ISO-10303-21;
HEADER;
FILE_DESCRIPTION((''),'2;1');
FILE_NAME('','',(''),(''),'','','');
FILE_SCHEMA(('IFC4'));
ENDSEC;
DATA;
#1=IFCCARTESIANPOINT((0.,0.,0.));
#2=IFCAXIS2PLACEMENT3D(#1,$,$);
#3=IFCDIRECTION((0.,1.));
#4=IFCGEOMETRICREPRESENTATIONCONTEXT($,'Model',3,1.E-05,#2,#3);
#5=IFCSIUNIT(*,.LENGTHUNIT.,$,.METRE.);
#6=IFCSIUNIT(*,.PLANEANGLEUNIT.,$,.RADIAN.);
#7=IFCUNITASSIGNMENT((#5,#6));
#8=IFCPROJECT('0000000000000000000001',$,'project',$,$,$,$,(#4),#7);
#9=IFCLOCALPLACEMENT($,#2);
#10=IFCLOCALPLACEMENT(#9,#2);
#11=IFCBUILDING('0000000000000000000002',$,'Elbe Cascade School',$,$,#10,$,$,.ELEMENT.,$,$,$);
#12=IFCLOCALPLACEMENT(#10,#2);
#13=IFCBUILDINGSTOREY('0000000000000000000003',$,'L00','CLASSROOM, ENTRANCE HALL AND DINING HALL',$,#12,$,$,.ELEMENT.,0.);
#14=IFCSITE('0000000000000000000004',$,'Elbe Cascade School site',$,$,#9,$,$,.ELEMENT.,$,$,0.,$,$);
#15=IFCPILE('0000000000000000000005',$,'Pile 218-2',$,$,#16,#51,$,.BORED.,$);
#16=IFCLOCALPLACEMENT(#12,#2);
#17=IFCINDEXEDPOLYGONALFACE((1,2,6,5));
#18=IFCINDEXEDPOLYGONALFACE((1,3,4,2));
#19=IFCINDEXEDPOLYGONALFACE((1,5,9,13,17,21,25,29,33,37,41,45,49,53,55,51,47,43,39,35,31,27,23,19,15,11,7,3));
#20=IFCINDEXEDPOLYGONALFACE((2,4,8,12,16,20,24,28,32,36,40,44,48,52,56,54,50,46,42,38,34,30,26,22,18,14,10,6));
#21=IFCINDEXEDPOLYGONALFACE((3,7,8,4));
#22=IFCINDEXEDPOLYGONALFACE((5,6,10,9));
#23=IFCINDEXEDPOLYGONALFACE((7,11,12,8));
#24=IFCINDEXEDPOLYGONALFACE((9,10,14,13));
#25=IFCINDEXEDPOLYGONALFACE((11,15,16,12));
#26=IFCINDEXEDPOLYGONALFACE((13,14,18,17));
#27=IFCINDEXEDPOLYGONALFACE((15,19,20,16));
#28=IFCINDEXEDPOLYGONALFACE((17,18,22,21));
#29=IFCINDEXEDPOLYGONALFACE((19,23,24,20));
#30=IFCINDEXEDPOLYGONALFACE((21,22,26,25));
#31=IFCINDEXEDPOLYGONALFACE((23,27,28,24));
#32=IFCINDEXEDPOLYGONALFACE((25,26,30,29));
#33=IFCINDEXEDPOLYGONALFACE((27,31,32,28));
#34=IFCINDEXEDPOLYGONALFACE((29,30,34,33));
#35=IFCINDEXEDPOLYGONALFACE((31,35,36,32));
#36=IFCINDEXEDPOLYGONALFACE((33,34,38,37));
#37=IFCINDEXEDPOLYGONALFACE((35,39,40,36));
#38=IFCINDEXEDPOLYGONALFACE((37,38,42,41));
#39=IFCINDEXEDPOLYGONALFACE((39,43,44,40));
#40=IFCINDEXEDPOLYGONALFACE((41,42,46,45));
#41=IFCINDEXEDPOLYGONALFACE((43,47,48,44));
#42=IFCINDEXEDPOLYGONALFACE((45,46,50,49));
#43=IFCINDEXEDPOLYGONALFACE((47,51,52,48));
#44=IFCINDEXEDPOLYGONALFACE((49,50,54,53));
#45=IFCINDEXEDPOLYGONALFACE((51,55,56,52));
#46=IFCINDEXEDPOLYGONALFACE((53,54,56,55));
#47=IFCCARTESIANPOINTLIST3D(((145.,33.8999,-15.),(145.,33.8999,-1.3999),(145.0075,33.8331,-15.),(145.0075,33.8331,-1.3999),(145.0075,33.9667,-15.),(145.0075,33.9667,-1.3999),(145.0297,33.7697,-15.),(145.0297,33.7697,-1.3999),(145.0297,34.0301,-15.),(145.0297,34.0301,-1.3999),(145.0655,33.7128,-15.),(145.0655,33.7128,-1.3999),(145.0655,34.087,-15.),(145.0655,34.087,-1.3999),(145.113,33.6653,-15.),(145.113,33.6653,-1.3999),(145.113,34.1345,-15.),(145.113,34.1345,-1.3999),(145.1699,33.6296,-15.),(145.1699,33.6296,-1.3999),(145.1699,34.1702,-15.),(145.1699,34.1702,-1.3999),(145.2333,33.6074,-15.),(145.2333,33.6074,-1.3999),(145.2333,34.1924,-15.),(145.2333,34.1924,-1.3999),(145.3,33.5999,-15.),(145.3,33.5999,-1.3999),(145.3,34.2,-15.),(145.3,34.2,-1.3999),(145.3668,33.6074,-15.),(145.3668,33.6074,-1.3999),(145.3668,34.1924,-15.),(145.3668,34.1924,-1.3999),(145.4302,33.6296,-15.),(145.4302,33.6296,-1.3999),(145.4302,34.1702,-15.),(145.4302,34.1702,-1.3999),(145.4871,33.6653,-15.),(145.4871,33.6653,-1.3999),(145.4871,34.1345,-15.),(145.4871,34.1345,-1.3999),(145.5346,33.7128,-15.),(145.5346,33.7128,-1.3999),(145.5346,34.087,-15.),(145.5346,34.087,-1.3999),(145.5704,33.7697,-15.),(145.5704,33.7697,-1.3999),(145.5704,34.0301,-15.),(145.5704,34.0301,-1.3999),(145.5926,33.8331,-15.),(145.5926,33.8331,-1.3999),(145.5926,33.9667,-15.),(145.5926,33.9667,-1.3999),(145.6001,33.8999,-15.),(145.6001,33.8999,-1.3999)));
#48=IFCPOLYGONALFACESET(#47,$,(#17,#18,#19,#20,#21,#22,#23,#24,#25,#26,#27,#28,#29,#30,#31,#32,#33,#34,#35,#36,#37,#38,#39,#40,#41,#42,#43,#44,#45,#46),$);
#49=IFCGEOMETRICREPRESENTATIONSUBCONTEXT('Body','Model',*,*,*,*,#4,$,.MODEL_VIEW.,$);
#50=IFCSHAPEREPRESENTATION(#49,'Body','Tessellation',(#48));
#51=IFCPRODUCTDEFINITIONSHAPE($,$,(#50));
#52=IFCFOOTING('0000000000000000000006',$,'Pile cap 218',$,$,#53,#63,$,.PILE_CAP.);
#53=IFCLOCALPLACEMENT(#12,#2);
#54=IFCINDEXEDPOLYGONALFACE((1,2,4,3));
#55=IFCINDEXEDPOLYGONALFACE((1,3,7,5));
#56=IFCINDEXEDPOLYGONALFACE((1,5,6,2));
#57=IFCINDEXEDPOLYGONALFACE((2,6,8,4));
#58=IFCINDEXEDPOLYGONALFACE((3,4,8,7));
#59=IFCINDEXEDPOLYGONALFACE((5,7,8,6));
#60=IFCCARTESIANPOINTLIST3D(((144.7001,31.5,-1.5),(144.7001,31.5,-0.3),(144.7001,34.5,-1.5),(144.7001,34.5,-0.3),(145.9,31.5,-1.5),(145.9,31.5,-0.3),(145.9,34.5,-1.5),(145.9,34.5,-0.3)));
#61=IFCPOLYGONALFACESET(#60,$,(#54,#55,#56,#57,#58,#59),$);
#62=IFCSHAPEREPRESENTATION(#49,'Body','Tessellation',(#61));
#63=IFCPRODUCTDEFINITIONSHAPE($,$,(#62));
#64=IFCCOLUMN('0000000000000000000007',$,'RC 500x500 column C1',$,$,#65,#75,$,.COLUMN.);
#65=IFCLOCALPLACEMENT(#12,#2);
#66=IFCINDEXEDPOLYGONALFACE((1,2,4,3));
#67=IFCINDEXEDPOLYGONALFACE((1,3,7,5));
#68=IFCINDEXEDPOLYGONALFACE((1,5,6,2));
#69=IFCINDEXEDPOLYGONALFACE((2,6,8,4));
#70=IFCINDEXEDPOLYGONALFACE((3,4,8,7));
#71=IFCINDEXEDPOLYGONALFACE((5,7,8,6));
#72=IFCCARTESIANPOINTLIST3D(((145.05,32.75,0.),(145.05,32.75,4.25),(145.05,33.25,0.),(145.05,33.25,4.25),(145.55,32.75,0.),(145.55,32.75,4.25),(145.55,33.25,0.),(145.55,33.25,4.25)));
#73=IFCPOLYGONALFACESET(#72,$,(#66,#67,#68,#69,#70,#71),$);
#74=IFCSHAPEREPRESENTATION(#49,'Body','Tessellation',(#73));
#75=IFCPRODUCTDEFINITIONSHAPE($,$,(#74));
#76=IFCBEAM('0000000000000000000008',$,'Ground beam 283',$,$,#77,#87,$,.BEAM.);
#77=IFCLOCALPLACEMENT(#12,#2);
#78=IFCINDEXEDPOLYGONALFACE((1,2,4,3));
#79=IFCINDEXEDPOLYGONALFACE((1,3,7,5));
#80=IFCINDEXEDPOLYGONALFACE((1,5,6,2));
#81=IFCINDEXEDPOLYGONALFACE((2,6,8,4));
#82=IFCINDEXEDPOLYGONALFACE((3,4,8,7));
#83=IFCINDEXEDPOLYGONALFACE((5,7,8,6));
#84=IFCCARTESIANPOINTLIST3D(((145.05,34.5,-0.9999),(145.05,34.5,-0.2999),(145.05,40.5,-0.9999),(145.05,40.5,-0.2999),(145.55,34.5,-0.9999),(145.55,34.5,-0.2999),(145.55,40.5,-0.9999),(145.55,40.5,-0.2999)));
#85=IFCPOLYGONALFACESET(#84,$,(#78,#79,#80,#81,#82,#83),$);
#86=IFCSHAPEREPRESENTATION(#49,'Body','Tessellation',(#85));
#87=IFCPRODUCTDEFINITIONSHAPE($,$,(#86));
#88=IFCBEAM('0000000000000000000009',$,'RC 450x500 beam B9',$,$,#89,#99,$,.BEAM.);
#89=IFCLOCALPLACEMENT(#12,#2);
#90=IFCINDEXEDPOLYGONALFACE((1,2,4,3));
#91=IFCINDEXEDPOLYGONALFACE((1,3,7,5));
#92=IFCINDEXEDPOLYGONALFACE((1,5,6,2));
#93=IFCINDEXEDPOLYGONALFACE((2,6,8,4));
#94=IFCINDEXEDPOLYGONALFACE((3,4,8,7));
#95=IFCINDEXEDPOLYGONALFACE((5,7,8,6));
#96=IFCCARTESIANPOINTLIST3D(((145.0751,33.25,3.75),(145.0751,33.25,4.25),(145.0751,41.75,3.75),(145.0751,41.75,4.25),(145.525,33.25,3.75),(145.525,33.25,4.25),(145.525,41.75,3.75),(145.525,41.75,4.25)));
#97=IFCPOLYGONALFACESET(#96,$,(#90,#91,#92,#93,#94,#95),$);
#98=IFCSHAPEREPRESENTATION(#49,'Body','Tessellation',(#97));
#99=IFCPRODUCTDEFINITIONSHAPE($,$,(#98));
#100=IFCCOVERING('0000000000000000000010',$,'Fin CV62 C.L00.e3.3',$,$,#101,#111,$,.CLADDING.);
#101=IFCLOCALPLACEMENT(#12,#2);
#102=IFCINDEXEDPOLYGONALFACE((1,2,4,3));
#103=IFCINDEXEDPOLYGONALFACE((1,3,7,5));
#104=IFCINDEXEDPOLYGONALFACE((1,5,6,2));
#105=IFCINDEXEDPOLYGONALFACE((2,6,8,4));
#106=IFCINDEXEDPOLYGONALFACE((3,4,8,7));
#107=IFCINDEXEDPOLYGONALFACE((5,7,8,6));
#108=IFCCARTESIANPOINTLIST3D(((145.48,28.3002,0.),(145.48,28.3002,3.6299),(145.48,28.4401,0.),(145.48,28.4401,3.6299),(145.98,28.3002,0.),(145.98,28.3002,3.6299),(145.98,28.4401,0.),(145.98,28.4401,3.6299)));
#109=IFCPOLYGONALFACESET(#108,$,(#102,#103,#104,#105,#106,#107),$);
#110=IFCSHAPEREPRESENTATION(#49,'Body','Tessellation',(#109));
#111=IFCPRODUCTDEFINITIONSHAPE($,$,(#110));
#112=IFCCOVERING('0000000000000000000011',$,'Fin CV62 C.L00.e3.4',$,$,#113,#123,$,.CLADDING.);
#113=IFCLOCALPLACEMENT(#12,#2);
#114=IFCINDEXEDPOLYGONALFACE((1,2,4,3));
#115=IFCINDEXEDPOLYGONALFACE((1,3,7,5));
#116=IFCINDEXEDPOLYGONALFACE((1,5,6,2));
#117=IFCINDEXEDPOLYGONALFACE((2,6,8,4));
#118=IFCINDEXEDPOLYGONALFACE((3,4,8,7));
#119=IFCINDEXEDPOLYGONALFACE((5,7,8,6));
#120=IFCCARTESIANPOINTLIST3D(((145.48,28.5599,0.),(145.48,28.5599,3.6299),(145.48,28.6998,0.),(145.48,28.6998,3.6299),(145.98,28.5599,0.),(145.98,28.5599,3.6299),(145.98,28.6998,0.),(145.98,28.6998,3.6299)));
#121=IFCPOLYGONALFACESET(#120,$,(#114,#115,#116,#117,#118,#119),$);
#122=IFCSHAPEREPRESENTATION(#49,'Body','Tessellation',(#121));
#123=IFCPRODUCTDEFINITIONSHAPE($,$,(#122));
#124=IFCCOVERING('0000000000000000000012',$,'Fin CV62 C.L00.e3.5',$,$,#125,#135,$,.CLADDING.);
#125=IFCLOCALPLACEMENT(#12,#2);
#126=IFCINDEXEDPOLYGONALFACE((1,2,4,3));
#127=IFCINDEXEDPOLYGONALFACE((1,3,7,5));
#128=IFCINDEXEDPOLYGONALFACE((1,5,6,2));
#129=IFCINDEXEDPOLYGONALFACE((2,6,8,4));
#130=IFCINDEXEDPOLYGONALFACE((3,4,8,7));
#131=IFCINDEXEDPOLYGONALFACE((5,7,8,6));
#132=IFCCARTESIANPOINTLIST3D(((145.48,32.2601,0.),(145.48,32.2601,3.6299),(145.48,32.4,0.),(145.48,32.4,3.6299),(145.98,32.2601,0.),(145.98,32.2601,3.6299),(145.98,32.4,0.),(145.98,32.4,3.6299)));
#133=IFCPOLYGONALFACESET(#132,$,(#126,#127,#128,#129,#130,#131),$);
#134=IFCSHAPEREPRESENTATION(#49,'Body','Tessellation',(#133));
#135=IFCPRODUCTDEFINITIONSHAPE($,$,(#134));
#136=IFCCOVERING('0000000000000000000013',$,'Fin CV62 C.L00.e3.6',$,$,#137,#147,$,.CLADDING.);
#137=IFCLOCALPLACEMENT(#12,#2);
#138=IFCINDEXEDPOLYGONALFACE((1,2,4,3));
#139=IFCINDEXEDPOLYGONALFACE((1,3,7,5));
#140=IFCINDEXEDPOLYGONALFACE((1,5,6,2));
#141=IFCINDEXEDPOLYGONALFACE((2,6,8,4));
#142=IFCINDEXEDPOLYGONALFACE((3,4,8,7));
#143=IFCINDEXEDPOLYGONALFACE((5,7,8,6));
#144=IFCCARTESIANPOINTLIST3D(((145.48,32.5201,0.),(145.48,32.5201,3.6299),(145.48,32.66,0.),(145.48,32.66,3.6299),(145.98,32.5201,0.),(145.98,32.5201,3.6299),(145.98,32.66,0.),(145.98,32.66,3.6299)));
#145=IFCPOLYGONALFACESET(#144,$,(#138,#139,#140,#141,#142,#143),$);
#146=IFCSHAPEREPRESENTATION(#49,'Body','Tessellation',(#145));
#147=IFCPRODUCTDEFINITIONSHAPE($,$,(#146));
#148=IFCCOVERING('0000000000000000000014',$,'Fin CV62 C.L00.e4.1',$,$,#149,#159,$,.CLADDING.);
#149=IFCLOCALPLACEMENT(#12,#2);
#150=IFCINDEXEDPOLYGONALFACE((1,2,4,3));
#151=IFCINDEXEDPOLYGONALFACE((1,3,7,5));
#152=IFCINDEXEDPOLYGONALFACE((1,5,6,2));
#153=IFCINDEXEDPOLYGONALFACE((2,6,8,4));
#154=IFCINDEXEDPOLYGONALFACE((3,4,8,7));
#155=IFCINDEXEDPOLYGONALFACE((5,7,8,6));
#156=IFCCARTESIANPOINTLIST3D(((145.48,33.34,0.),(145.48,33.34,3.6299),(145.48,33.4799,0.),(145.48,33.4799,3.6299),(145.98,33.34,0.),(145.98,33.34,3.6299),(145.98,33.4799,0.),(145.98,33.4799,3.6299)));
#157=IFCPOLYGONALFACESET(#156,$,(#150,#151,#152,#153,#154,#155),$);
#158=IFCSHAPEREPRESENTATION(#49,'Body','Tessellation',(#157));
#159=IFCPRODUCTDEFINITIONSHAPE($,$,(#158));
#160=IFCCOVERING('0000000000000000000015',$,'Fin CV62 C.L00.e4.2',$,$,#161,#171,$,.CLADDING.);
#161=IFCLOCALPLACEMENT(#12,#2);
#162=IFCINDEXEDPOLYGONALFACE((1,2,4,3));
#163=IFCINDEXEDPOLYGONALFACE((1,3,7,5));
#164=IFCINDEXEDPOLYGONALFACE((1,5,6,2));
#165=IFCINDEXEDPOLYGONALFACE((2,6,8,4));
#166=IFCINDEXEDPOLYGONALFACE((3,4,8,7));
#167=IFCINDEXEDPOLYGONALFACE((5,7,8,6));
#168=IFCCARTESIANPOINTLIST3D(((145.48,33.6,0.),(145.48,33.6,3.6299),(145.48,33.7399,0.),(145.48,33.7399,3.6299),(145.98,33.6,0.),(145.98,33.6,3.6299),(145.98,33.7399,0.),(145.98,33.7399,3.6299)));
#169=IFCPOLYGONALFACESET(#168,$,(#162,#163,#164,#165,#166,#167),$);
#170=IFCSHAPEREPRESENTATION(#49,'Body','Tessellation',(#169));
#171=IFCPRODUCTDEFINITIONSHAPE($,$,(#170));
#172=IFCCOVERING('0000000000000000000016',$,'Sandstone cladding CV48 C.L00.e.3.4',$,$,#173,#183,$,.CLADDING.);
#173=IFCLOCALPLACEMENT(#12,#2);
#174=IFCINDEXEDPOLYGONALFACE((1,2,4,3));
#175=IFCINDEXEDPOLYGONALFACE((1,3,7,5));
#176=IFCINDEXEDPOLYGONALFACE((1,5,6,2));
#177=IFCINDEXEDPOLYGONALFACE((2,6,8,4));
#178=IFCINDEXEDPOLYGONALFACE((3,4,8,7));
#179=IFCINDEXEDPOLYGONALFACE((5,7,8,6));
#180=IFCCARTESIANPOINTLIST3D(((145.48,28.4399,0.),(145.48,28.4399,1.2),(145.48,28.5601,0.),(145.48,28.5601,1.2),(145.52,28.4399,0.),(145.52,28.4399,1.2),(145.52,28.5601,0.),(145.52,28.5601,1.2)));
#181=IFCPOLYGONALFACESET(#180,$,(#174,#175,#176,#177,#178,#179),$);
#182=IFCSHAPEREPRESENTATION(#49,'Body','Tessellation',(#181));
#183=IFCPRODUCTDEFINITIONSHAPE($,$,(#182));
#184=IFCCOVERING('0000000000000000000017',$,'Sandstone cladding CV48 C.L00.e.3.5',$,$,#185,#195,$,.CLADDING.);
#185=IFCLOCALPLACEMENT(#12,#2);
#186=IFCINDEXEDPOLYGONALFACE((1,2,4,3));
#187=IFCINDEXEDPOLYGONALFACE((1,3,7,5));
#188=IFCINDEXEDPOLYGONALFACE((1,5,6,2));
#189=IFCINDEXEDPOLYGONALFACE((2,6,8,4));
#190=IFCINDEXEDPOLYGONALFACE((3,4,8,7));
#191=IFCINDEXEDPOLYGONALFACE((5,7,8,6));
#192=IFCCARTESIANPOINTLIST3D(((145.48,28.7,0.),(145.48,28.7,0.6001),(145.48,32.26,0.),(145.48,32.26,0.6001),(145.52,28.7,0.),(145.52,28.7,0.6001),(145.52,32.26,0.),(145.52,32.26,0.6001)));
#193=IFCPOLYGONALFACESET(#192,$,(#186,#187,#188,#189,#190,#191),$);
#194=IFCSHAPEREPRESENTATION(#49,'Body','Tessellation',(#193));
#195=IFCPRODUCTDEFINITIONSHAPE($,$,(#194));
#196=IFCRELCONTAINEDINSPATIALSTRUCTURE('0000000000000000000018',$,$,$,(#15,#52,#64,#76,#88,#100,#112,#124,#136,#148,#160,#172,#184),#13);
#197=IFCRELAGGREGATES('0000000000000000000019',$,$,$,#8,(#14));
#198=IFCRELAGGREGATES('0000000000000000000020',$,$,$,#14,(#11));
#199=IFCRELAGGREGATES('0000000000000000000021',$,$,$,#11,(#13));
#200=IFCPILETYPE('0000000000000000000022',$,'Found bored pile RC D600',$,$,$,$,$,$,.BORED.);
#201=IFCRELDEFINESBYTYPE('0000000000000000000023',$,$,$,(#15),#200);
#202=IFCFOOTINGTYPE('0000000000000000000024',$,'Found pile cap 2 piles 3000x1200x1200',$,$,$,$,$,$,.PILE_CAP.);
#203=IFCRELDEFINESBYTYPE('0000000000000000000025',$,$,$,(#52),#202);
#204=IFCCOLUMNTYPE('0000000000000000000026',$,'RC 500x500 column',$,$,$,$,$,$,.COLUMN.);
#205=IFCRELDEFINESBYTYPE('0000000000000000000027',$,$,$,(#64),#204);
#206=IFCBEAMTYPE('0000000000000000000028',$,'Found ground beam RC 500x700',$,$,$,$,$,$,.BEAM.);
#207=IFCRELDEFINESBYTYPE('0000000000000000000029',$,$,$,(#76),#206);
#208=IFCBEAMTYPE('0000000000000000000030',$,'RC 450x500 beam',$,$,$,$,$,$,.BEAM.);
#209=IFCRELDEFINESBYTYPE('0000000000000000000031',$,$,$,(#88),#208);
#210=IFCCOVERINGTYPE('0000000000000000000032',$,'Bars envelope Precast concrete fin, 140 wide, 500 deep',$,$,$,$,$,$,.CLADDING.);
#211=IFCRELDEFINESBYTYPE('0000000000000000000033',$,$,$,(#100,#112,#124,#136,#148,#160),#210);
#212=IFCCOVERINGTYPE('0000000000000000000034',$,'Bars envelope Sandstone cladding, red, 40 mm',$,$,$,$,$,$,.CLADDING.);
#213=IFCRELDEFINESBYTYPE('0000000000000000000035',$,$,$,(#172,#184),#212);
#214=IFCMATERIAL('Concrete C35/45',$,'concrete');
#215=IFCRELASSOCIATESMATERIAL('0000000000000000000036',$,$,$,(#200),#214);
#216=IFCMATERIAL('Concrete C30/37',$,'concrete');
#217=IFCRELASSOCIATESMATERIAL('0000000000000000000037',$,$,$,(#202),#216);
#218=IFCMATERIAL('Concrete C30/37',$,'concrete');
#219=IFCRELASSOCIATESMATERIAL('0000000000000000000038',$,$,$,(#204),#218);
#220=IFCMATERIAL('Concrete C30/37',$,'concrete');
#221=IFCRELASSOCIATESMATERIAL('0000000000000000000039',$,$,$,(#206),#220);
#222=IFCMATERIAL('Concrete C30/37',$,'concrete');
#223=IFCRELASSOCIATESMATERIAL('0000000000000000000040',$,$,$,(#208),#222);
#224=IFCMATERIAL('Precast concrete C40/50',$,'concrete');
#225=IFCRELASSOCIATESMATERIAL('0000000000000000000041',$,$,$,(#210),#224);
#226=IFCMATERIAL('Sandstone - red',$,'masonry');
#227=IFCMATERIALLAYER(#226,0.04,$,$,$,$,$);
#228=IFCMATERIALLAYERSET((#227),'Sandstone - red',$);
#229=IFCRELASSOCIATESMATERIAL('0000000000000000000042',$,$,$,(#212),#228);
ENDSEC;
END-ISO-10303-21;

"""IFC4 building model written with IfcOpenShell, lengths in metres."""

from ifc_helpers import new_model, si_unit, direction, frame, origin, origin_2d, place, context, subcontext, project, spatial, rectangle, circle, extrude, material, layer, layer_set, material_profile, profile_set, type_object, element, save


model = new_model("IFC4")

# Units and contexts
model_context = context("Model", 3, precision=1e-05, world=origin(), true_north=direction((0.0, 1.0)))
body_context = subcontext(model_context, "Body", "Model", "MODEL_VIEW")
ifc_project = project(units=[si_unit("LENGTHUNIT", "METRE"), si_unit("PLANEANGLEUNIT", "RADIAN")], contexts=[model_context])

# Site, building, storey
site_placement = place(None, origin())
site = spatial("IfcSite", under=ifc_project, at=site_placement, Name="Elbe Cascade School site", CompositionType="ELEMENT", RefElevation=0.0)
building_placement = place(site_placement, origin())
building = spatial("IfcBuilding", under=site, at=building_placement, Name="Elbe Cascade School", CompositionType="ELEMENT")
storey_placement = place(building_placement, origin())
storey = spatial("IfcBuildingStorey", under=building, at=storey_placement, Name="L00", Description="CLASSROOM, ENTRANCE HALL AND DINING HALL", CompositionType="ELEMENT", Elevation=0.0)

# Pile
ifc_material_1 = material(Name="Concrete C35/45", Category="concrete")
ifc_material_profile_1 = material_profile(ifc_material_1, circle(Radius=0.3, at=origin_2d()), Name="RC D600")
ifc_profile_set_1 = profile_set([ifc_material_profile_1], Name="Concrete C35/45")
pile_type = type_object("IfcPileType", Name="Found bored pile RC D600", PredefinedType="BORED", material=ifc_profile_set_1)
pile_placement = place(storey_placement, frame((145.3, 33.8999, -1.3999), z_axis=(0.0, 0.0, -1.0), x_axis=(1.0, 0.0, 0.0)))
element("IfcPile", 1, at=pile_placement, inside=storey, type_object=pile_type, Name="Pile 218-2", PredefinedType="BORED", context=body_context, shape_type="SweptSolid", body=[
    extrude(circle(Radius=0.3, at=origin_2d()), origin(), (0.0, 0.0, 1.0), 13.6001),
])

# Footing
ifc_material_2 = material(Name="Concrete C30/37", Category="concrete")
footing_type = type_object("IfcFootingType", Name="Found pile cap 2 piles 3000x1200x1200", PredefinedType="PILE_CAP", material=ifc_material_2)
footing_placement = place(storey_placement, frame((145.3, 33.0, -1.5), z_axis=(0.0, 0.0, 1.0), x_axis=(1.0, 0.0, 0.0)))
element("IfcFooting", 2, at=footing_placement, inside=storey, type_object=footing_type, Name="Pile cap 218", PredefinedType="PILE_CAP", context=body_context, shape_type="SweptSolid", body=[
    extrude(rectangle(XDim=1.2, YDim=3.0, at=origin_2d()), origin(), (0.0, 0.0, 1.0), 1.2),
])

# Column
ifc_material_3 = material(Name="Concrete C30/37", Category="concrete")
ifc_material_profile_2 = material_profile(ifc_material_3, rectangle(XDim=0.5, YDim=0.5, at=origin_2d()), Name="RC 500x500")
ifc_profile_set_2 = profile_set([ifc_material_profile_2], Name="Concrete C30/37")
column_type = type_object("IfcColumnType", Name="RC 500x500 column", PredefinedType="COLUMN", material=ifc_profile_set_2)
column_placement = place(storey_placement, frame((145.3, 33.0, 0.0), z_axis=(0.0, 0.0, 1.0), x_axis=(1.0, 0.0, 0.0)))
element("IfcColumn", 3, at=column_placement, inside=storey, type_object=column_type, Name="RC 500x500 column C1", PredefinedType="COLUMN", context=body_context, shape_type="SweptSolid", body=[
    extrude(rectangle(XDim=0.5, YDim=0.5, at=origin_2d()), origin(), (0.0, 0.0, 1.0), 4.25),
])

# Beams
ifc_material_4 = material(Name="Concrete C30/37", Category="concrete")
ifc_material_profile_3 = material_profile(ifc_material_4, rectangle(XDim=0.5, YDim=0.7, at=origin_2d()), Name="RC 500x700")
ifc_profile_set_3 = profile_set([ifc_material_profile_3], Name="Concrete C30/37")
beam_type_1 = type_object("IfcBeamType", Name="Found ground beam RC 500x700", PredefinedType="BEAM", material=ifc_profile_set_3)
beam_1_placement = place(storey_placement, frame((145.3, 34.5, -0.6499), z_axis=(0.0, 1.0, 0.0), x_axis=(-1.0, 0.0, 0.0)))
element("IfcBeam", 4, at=beam_1_placement, inside=storey, type_object=beam_type_1, Name="Ground beam 283", PredefinedType="BEAM", context=body_context, shape_type="SweptSolid", body=[
    extrude(rectangle(XDim=0.5, YDim=0.7, at=origin_2d()), origin(), (0.0, 0.0, 1.0), 6.0),
])
ifc_material_5 = material(Name="Concrete C30/37", Category="concrete")
ifc_material_profile_4 = material_profile(ifc_material_5, rectangle(XDim=0.45, YDim=0.5, at=origin_2d()), Name="RC 450x500")
ifc_profile_set_4 = profile_set([ifc_material_profile_4], Name="Concrete C30/37")
beam_type_2 = type_object("IfcBeamType", Name="RC 450x500 beam", PredefinedType="BEAM", material=ifc_profile_set_4)
beam_2_placement = place(storey_placement, frame((145.3, 33.25, 4.0), z_axis=(0.0, 1.0, 0.0), x_axis=(-1.0, 0.0, 0.0)))
element("IfcBeam", 5, at=beam_2_placement, inside=storey, type_object=beam_type_2, Name="RC 450x500 beam B9", PredefinedType="BEAM", context=body_context, shape_type="SweptSolid", body=[
    extrude(rectangle(XDim=0.45, YDim=0.5, at=origin_2d()), origin(), (0.0, 0.0, 1.0), 8.5),
])

# Coverings
ifc_material_6 = material(Name="Precast concrete C40/50", Category="concrete")
covering_type_1 = type_object("IfcCoveringType", Name="Bars envelope Precast concrete fin, 140 wide, 500 deep", PredefinedType="CLADDING", material=ifc_material_6)
for number, where, z_axis, x_axis, name in (
    (6, (145.73, 28.3701, 0.0), (0.0, 0.0, 1.0), (0.0, 1.0, 0.0), "Fin CV62 C.L00.e3.3"),
    (7, (145.73, 28.6299, 0.0), (0.0, 0.0, 1.0), (0.0, 1.0, 0.0), "Fin CV62 C.L00.e3.4"),
    (8, (145.73, 32.3301, 0.0), (0.0, 0.0, 1.0), (0.0, 1.0, 0.0), "Fin CV62 C.L00.e3.5"),
    (9, (145.73, 32.5901, 0.0), (0.0, 0.0, 1.0), (0.0, 1.0, 0.0), "Fin CV62 C.L00.e3.6"),
    (10, (145.73, 33.4099, 0.0), (0.0, 0.0, 1.0), (0.0, 1.0, 0.0), "Fin CV62 C.L00.e4.1"),
    (11, (145.73, 33.6699, 0.0), (0.0, 0.0, 1.0), (0.0, 1.0, 0.0), "Fin CV62 C.L00.e4.2"),
):
    element("IfcCovering", number, at=place(storey_placement, frame(where, z_axis=z_axis, x_axis=x_axis)), inside=storey, type_object=covering_type_1, Name=name, PredefinedType="CLADDING", context=body_context, shape_type="SweptSolid", body=[
        extrude(rectangle(XDim=0.1399, YDim=0.5, at=origin_2d()), origin(), (0.0, 0.0, 1.0), 3.6299),
    ])
ifc_material_7 = material(Name="Sandstone - red", Category="masonry")
ifc_layer = layer(ifc_material_7, 0.04)
ifc_layer_set = layer_set([ifc_layer], Name="Sandstone - red")
covering_type_2 = type_object("IfcCoveringType", Name="Bars envelope Sandstone cladding, red, 40 mm", PredefinedType="CLADDING", material=ifc_layer_set)
covering_1_placement = place(storey_placement, frame((145.5, 28.5, 0.0), z_axis=(0.0, 0.0, 1.0), x_axis=(0.0, 1.0, 0.0)))
element("IfcCovering", 12, at=covering_1_placement, inside=storey, type_object=covering_type_2, Name="Sandstone cladding CV48 C.L00.e.3.4", PredefinedType="CLADDING", context=body_context, shape_type="SweptSolid", body=[
    extrude(rectangle(XDim=0.1201, YDim=0.04, at=origin_2d()), origin(), (0.0, 0.0, 1.0), 1.2),
])
covering_2_placement = place(storey_placement, frame((145.5, 30.48, 0.0), z_axis=(0.0, 0.0, 1.0), x_axis=(0.0, 1.0, 0.0)))
element("IfcCovering", 13, at=covering_2_placement, inside=storey, type_object=covering_type_2, Name="Sandstone cladding CV48 C.L00.e.3.5", PredefinedType="CLADDING", context=body_context, shape_type="SweptSolid", body=[
    extrude(rectangle(XDim=3.5601, YDim=0.04, at=origin_2d()), origin(), (0.0, 0.0, 1.0), 0.6001),
])

save(model, "model.ifc")
